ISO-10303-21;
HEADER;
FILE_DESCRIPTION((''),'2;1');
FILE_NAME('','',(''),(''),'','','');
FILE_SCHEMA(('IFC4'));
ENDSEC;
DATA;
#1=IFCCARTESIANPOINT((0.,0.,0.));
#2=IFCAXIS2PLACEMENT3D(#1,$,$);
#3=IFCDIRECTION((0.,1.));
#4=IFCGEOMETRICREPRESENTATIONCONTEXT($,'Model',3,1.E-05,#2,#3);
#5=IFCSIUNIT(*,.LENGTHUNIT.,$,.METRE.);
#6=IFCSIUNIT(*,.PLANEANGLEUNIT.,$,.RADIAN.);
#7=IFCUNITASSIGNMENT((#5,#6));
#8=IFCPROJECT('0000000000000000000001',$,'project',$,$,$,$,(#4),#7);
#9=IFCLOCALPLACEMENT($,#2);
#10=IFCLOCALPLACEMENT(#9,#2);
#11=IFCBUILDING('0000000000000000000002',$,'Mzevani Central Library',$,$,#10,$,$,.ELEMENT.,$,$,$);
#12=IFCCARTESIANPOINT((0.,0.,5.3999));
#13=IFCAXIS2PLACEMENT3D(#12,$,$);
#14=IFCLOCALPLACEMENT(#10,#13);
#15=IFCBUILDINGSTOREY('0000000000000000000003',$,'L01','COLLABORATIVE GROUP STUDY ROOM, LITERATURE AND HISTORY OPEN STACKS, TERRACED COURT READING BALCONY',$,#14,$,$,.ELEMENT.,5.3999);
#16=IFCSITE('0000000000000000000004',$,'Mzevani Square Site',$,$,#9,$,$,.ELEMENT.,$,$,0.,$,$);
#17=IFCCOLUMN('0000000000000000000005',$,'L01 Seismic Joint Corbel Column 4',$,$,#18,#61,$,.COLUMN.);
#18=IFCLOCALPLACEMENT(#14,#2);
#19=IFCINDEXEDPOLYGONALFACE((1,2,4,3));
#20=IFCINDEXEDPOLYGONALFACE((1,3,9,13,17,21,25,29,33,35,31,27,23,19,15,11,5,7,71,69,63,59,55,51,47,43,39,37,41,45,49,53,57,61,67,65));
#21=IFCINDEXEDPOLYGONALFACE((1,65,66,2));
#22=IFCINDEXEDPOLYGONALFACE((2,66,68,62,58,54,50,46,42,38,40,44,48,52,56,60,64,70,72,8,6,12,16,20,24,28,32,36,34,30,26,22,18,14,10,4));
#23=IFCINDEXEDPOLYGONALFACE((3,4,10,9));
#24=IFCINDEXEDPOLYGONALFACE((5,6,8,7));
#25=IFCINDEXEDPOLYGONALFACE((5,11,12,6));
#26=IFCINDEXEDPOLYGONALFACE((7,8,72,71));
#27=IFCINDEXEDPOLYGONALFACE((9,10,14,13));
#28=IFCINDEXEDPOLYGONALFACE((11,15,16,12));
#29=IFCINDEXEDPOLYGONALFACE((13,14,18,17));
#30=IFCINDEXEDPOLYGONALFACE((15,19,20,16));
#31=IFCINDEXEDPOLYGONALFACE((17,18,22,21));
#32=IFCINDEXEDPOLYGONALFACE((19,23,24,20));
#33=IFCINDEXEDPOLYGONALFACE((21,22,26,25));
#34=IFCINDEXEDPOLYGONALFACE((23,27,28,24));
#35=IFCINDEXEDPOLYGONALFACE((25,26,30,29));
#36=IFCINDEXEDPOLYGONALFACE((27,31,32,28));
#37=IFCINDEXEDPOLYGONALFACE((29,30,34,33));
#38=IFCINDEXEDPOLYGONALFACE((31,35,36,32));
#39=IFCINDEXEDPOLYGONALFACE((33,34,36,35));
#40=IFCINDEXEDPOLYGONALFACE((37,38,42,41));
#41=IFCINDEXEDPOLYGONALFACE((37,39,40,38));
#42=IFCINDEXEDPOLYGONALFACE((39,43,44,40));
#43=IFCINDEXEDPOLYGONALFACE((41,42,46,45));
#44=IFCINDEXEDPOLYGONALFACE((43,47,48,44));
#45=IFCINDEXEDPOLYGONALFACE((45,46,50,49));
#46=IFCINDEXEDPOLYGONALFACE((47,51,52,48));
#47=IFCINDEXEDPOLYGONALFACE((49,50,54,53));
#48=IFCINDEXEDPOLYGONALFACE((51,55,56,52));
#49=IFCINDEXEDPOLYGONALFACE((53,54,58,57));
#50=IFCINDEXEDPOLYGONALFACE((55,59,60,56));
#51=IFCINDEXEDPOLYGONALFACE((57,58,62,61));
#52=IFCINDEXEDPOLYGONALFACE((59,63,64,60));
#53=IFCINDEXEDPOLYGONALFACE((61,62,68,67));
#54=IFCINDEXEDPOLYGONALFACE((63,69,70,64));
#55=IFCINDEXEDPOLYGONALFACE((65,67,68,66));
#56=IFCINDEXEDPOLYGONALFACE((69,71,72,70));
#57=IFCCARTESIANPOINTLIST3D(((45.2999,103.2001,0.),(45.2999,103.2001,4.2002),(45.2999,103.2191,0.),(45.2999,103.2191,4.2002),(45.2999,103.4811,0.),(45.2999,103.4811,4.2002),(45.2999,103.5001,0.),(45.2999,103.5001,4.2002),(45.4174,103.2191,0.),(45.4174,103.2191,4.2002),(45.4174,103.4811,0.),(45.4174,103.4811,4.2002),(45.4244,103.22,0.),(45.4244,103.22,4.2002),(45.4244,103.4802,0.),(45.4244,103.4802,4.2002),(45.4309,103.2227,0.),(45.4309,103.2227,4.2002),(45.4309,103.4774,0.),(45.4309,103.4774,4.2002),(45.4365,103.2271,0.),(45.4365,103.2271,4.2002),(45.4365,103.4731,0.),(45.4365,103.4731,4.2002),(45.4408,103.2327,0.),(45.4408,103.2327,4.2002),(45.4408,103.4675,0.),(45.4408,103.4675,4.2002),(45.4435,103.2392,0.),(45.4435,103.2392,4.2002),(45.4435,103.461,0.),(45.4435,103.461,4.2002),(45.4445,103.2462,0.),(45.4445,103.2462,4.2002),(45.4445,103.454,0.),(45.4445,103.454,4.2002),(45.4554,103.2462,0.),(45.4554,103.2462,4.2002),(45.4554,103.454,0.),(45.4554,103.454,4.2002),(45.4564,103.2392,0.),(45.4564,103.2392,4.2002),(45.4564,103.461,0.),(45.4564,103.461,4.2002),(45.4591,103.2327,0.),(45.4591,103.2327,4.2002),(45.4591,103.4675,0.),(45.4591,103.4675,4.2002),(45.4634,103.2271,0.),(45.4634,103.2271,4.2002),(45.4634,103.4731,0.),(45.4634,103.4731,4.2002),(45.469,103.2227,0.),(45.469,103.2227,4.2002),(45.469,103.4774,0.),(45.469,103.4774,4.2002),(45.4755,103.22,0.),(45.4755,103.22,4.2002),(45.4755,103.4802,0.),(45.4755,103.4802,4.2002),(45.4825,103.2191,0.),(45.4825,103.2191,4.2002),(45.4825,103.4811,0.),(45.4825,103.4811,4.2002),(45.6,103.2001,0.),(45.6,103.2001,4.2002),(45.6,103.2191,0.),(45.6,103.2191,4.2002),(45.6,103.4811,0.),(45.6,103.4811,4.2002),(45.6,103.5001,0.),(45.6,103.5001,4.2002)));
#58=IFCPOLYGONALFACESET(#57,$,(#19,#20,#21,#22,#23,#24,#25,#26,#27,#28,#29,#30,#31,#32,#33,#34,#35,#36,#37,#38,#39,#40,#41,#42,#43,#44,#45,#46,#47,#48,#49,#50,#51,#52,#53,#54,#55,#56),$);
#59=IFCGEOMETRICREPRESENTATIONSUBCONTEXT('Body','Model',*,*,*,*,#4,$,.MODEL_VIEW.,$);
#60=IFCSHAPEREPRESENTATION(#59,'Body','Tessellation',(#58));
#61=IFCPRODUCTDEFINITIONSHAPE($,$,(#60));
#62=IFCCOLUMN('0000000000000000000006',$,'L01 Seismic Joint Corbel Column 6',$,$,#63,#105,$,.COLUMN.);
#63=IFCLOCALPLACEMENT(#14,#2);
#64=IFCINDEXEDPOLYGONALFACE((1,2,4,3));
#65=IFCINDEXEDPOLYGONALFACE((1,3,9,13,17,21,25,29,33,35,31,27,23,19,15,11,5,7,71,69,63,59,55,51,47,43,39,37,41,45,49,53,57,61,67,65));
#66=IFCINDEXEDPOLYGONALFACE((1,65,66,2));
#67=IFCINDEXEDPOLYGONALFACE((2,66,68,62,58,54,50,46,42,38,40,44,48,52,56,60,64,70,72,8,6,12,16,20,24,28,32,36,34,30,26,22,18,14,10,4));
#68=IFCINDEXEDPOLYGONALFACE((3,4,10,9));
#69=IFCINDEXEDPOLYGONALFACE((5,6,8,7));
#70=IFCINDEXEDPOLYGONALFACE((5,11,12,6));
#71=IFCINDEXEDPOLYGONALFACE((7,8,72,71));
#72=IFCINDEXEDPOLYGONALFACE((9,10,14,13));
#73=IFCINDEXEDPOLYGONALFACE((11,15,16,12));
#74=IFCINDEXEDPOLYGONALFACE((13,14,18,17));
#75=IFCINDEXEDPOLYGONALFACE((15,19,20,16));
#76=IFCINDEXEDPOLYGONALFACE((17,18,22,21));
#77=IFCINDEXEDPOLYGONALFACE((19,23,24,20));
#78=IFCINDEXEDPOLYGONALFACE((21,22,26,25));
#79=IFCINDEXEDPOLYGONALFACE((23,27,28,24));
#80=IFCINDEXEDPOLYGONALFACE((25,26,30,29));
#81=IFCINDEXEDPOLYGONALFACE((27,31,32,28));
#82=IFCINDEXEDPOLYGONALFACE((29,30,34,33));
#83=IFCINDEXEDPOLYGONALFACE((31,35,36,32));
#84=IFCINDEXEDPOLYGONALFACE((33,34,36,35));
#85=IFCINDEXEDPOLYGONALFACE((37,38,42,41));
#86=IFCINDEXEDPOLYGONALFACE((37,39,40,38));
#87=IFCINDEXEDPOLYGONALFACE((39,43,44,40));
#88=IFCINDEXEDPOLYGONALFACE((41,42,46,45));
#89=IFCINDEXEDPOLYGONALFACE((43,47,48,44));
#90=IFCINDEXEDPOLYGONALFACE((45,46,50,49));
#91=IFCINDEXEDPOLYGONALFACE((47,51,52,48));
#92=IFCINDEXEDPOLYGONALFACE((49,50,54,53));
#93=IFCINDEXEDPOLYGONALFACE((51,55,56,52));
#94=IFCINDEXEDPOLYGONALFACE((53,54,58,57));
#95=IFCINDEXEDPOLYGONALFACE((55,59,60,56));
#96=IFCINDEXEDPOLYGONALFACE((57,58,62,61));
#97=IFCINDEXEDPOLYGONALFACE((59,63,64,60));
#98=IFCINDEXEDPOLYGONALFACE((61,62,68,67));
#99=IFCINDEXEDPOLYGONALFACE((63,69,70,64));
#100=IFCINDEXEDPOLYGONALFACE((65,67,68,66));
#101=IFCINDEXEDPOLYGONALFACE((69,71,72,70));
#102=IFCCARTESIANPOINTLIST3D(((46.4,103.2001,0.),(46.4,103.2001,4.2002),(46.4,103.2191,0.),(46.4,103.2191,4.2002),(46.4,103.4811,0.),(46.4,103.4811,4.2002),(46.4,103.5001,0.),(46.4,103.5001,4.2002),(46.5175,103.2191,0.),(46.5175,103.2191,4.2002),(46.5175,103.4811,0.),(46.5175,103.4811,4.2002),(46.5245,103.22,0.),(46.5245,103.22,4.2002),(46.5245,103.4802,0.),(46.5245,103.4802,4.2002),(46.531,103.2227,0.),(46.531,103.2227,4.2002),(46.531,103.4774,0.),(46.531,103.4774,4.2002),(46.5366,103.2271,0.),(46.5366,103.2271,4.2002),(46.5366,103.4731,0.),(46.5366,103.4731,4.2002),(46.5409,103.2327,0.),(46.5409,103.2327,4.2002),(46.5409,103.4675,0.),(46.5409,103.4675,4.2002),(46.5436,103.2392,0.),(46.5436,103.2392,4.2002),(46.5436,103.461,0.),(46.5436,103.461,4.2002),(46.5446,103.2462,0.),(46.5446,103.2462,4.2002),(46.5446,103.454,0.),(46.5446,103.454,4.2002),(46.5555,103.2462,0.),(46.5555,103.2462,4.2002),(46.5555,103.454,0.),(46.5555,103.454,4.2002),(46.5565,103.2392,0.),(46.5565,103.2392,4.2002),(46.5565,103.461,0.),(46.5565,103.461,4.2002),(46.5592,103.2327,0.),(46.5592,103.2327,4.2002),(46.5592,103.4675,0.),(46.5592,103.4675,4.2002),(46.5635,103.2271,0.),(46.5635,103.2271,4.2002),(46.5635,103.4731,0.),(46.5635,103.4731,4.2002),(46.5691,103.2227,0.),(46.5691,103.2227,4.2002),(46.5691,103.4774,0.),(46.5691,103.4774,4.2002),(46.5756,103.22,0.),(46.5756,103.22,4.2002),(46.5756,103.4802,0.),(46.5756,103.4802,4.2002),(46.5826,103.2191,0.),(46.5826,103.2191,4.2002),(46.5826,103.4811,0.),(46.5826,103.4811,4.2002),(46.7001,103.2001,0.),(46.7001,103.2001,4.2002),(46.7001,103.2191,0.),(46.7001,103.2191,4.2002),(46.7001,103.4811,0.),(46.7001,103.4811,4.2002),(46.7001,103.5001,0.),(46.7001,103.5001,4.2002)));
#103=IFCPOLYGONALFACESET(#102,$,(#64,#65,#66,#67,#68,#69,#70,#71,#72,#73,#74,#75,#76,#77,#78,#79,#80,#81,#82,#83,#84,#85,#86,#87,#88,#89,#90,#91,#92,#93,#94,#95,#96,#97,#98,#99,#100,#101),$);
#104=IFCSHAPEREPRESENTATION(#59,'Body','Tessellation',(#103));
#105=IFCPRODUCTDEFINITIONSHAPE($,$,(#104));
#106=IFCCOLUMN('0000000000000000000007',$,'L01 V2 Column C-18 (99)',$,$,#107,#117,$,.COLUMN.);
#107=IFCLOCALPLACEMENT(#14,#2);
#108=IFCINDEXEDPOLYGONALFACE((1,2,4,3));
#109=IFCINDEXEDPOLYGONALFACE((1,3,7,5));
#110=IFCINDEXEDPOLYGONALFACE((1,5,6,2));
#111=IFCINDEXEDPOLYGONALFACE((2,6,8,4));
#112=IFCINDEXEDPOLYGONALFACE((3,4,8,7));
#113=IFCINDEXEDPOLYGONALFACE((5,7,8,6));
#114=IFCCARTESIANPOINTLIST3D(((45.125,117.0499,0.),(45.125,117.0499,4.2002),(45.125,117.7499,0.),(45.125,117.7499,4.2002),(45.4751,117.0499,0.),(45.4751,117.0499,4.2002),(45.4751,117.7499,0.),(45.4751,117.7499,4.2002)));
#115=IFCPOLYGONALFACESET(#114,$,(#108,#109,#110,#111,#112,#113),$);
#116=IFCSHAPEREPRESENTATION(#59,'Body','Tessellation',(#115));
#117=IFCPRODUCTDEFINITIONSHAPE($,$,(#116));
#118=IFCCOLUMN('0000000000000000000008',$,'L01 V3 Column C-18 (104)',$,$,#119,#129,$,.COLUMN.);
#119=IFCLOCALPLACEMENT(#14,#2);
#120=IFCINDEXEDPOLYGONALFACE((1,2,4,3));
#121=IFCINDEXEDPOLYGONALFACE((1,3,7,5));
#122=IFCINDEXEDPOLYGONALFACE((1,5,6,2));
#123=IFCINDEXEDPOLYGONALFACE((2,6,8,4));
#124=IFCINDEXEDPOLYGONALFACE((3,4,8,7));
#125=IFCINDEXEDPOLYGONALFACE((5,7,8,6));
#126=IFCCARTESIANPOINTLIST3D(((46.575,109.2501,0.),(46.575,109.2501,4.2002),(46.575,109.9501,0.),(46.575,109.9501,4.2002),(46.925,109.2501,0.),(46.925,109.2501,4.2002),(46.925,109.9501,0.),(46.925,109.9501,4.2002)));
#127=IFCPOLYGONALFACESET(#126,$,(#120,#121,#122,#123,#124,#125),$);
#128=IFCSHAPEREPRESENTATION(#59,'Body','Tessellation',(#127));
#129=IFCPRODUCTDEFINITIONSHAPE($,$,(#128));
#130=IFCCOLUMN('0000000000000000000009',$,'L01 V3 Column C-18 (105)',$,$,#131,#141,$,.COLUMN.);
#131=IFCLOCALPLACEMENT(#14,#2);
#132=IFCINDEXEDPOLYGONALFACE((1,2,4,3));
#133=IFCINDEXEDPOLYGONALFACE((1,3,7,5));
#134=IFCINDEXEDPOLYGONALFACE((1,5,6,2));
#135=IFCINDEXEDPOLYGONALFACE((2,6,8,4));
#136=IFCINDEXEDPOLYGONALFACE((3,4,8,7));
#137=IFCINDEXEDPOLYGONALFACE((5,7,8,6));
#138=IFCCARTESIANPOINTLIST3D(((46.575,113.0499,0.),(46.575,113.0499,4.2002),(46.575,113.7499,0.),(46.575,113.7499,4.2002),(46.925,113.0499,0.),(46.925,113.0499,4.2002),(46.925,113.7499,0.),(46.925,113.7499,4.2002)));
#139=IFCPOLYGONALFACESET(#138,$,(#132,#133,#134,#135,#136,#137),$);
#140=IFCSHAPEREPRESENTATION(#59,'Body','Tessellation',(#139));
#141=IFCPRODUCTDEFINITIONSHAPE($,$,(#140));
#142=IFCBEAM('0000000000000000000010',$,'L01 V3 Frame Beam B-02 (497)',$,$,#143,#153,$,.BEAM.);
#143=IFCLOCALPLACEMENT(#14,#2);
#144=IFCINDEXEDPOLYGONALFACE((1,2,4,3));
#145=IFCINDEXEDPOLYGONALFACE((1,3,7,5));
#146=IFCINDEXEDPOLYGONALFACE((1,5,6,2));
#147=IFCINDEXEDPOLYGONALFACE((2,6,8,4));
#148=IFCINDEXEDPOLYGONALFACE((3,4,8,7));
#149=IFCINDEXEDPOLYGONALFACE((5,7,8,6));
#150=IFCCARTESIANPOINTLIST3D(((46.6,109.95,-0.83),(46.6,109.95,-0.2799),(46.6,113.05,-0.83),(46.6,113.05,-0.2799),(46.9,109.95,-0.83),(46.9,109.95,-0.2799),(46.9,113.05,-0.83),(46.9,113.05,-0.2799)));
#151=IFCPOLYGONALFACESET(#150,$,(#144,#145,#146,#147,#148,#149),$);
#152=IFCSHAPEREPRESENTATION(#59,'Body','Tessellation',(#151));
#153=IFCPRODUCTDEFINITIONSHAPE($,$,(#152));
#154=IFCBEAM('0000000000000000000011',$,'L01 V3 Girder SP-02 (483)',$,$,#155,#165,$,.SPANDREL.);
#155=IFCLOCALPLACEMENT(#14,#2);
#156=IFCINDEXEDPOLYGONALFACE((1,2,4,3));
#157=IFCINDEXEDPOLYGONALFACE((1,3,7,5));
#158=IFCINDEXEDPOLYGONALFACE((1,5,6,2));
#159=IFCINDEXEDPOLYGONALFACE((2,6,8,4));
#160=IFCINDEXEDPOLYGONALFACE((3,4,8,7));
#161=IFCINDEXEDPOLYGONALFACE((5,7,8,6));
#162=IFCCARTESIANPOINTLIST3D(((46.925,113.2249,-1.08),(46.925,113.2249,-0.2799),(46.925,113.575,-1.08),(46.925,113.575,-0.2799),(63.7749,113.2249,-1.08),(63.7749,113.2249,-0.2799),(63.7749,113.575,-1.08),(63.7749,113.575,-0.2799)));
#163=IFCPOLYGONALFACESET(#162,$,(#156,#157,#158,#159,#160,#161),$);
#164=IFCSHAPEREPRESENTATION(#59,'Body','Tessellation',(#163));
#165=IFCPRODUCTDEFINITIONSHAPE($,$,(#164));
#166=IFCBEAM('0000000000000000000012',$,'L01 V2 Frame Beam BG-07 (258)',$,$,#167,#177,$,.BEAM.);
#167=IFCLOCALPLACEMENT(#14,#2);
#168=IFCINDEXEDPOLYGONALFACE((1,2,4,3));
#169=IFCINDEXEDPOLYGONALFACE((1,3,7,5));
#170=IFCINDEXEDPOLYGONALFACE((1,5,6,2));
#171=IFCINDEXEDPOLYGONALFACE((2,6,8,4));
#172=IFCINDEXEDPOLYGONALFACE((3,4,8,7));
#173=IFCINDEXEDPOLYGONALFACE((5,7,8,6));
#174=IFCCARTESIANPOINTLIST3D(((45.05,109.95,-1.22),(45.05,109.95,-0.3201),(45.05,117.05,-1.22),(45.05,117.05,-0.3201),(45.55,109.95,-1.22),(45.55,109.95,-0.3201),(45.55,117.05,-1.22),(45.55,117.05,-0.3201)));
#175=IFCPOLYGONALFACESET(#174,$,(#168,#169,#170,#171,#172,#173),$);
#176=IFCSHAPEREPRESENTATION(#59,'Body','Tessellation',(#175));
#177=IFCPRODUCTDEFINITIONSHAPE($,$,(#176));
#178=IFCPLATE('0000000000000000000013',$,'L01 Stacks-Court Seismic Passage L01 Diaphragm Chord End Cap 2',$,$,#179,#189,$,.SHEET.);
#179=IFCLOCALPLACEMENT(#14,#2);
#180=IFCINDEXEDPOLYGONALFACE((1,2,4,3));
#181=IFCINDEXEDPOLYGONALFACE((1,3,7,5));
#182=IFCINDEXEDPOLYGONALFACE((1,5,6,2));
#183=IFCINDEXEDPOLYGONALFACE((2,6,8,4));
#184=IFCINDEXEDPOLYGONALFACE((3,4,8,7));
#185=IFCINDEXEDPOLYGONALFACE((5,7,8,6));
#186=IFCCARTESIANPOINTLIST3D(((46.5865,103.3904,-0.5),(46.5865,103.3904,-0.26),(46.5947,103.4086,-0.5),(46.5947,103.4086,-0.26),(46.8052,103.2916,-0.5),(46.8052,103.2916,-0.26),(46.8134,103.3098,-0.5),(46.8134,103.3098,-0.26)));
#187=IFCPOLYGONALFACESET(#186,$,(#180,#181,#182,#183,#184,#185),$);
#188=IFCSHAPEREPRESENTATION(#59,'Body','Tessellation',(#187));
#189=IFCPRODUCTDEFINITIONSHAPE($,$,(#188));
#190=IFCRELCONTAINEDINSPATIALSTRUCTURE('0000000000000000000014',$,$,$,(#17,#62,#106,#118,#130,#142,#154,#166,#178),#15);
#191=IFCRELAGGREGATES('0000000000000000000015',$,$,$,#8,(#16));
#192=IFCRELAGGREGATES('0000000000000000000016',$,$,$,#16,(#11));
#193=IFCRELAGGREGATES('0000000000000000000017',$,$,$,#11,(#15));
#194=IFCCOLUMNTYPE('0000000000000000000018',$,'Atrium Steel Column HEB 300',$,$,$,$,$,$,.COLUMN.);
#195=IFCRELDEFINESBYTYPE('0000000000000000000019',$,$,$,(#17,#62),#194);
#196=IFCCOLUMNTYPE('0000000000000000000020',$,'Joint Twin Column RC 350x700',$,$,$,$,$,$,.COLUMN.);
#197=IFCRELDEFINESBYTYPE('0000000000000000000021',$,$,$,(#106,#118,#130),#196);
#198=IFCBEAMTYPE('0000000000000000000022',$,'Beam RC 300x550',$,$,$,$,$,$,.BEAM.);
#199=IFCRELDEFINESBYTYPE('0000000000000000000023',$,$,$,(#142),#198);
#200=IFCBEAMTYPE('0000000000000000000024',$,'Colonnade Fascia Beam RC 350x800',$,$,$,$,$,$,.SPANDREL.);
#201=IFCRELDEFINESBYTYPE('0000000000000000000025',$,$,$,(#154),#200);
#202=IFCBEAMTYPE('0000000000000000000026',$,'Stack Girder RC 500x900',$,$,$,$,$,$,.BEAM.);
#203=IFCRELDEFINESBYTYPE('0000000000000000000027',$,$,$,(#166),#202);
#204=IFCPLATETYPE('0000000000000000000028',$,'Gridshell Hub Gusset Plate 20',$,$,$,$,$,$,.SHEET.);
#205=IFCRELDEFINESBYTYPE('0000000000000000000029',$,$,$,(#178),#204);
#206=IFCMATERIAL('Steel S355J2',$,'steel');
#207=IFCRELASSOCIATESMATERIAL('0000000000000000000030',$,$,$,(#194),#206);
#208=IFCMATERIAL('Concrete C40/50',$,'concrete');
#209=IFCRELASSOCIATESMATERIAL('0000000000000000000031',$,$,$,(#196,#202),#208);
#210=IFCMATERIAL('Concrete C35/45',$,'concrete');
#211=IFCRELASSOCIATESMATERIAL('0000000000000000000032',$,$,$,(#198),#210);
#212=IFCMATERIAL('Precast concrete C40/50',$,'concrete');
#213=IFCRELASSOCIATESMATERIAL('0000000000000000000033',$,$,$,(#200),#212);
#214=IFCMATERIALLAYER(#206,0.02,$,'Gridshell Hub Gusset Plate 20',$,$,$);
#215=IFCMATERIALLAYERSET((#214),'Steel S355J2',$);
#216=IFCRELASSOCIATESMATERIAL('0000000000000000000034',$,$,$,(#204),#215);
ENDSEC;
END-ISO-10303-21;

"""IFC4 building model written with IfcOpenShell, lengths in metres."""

from ifc_helpers import new_model, si_unit, direction, frame, origin, origin_2d, place, context, subcontext, project, spatial, rectangle, i_section, extrude, material, layer, layer_set, material_profile, profile_set, type_object, element, save


model = new_model("IFC4")

# Units and contexts
model_context = context("Model", 3, precision=1e-05, world=origin(), true_north=direction((0.0, 1.0)))
body_context = subcontext(model_context, "Body", "Model", "MODEL_VIEW")
ifc_project = project(units=[si_unit("LENGTHUNIT", "METRE"), si_unit("PLANEANGLEUNIT", "RADIAN")], contexts=[model_context])

# Site, building, storey
site_placement = place(None, origin())
site = spatial("IfcSite", under=ifc_project, at=site_placement, Name="Mzevani Square Site", CompositionType="ELEMENT", RefElevation=0.0)
building_placement = place(site_placement, origin())
building = spatial("IfcBuilding", under=site, at=building_placement, Name="Mzevani Central Library", CompositionType="ELEMENT")
storey_placement = place(building_placement, frame((0.0, 0.0, 5.3999)))
storey = spatial("IfcBuildingStorey", under=building, at=storey_placement, Name="L01", Description="COLLABORATIVE GROUP STUDY ROOM, LITERATURE AND HISTORY OPEN STACKS, TERRACED COURT READING BALCONY", CompositionType="ELEMENT", Elevation=5.3999)

# Columns
ifc_material_1 = material(Name="Steel S355J2", Category="steel")
ifc_material_profile_1 = material_profile(ifc_material_1, i_section(OverallWidth=0.3, OverallDepth=0.3, WebThickness=0.011, FlangeThickness=0.019, FilletRadius=0.0271, at=origin_2d()), Name="HEB 300")
ifc_profile_set_1 = profile_set([ifc_material_profile_1], Name="Steel S355J2")
column_type_1 = type_object("IfcColumnType", Name="Atrium Steel Column HEB 300", PredefinedType="COLUMN", material=ifc_profile_set_1)
for number, where, z_axis, x_axis, name in (
    (1, (45.45, 103.3501, 0.0), (0.0, 0.0, 1.0), (1.0, 0.0, 0.0), "L01 Seismic Joint Corbel Column 4"),
    (2, (46.55, 103.3501, 0.0), (0.0, 0.0, 1.0), (1.0, 0.0, 0.0), "L01 Seismic Joint Corbel Column 6"),
):
    element("IfcColumn", number, at=place(storey_placement, frame(where, z_axis=z_axis, x_axis=x_axis)), inside=storey, type_object=column_type_1, Name=name, PredefinedType="COLUMN", context=body_context, shape_type="SweptSolid", body=[
        extrude(i_section(OverallWidth=0.3, OverallDepth=0.3, WebThickness=0.011, FlangeThickness=0.019, FilletRadius=0.0271, at=origin_2d()), origin(), (0.0, 0.0, 1.0), 4.2002),
    ])
ifc_material_2 = material(Name="Concrete C40/50", Category="concrete")
ifc_material_profile_2 = material_profile(ifc_material_2, rectangle(XDim=0.3501, YDim=0.7, at=origin_2d()), Name="RC 350x700")
ifc_profile_set_2 = profile_set([ifc_material_profile_2], Name="Concrete C40/50")
column_type_2 = type_object("IfcColumnType", Name="Joint Twin Column RC 350x700", PredefinedType="COLUMN", material=ifc_profile_set_2)
for number, where, z_axis, x_axis, name in (
    (3, (45.3, 117.3999, 0.0), (0.0, 0.0, 1.0), (1.0, 0.0, 0.0), "L01 V2 Column C-18 (99)"),
    (4, (46.75, 109.6001, 0.0), (0.0, 0.0, 1.0), (1.0, 0.0, 0.0), "L01 V3 Column C-18 (104)"),
    (5, (46.75, 113.3999, 0.0), (0.0, 0.0, 1.0), (1.0, 0.0, 0.0), "L01 V3 Column C-18 (105)"),
):
    element("IfcColumn", number, at=place(storey_placement, frame(where, z_axis=z_axis, x_axis=x_axis)), inside=storey, type_object=column_type_2, Name=name, PredefinedType="COLUMN", context=body_context, shape_type="SweptSolid", body=[
        extrude(rectangle(XDim=0.3501, YDim=0.7, at=origin_2d()), origin(), (0.0, 0.0, 1.0), 4.2002),
    ])

# Beams
ifc_material_3 = material(Name="Concrete C35/45", Category="concrete")
ifc_material_profile_3 = material_profile(ifc_material_3, rectangle(XDim=0.3, YDim=0.55, at=origin_2d()), Name="RC B300x550")
ifc_profile_set_3 = profile_set([ifc_material_profile_3], Name="Concrete C35/45")
beam_type_1 = type_object("IfcBeamType", Name="Beam RC 300x550", PredefinedType="BEAM", material=ifc_profile_set_3)
beam_1_placement = place(storey_placement, frame((46.75, 109.95, -0.5549), z_axis=(0.0, 1.0, 0.0), x_axis=(-1.0, 0.0, 0.0)))
element("IfcBeam", 6, at=beam_1_placement, inside=storey, type_object=beam_type_1, Name="L01 V3 Frame Beam B-02 (497)", PredefinedType="BEAM", context=body_context, shape_type="SweptSolid", body=[
    extrude(rectangle(XDim=0.3, YDim=0.55, at=origin_2d()), origin(), (0.0, 0.0, 1.0), 3.1001),
])
ifc_material_4 = material(Name="Precast concrete C40/50", Category="concrete")
ifc_material_profile_4 = material_profile(ifc_material_4, rectangle(XDim=0.3501, YDim=0.8, at=origin_2d()), Name="RC SP350x800")
ifc_profile_set_4 = profile_set([ifc_material_profile_4], Name="Precast concrete C40/50")
beam_type_2 = type_object("IfcBeamType", Name="Colonnade Fascia Beam RC 350x800", PredefinedType="SPANDREL", material=ifc_profile_set_4)
beam_2_placement = place(storey_placement, frame((46.925, 113.3999, -0.6799), z_axis=(1.0, 0.0, 0.0), x_axis=(0.0, 1.0, 0.0)))
element("IfcBeam", 7, at=beam_2_placement, inside=storey, type_object=beam_type_2, Name="L01 V3 Girder SP-02 (483)", PredefinedType="SPANDREL", context=body_context, shape_type="SweptSolid", body=[
    extrude(rectangle(XDim=0.3501, YDim=0.8, at=origin_2d()), origin(), (0.0, 0.0, 1.0), 16.8499),
])
ifc_material_profile_5 = material_profile(ifc_material_2, rectangle(XDim=0.5, YDim=0.8999, at=origin_2d()), Name="RC B500x900")
ifc_profile_set_5 = profile_set([ifc_material_profile_5], Name="Concrete C40/50")
beam_type_3 = type_object("IfcBeamType", Name="Stack Girder RC 500x900", PredefinedType="BEAM", material=ifc_profile_set_5)
beam_3_placement = place(storey_placement, frame((45.3, 109.95, -0.77), z_axis=(0.0, 1.0, 0.0), x_axis=(-1.0, 0.0, 0.0)))
element("IfcBeam", 8, at=beam_3_placement, inside=storey, type_object=beam_type_3, Name="L01 V2 Frame Beam BG-07 (258)", PredefinedType="BEAM", context=body_context, shape_type="SweptSolid", body=[
    extrude(rectangle(XDim=0.5, YDim=0.8999, at=origin_2d()), origin(), (0.0, 0.0, 1.0), 7.1001),
])

# Plate
ifc_layer_1 = layer(ifc_material_1, 0.02, Name="Gridshell Hub Gusset Plate 20")
ifc_layer_set_1 = layer_set([ifc_layer_1], Name="Steel S355J2")
plate_type_1 = type_object("IfcPlateType", Name="Gridshell Hub Gusset Plate 20", PredefinedType="SHEET", material=ifc_layer_set_1)
plate_1_placement = place(storey_placement, frame((46.7, 103.3501, -0.5), z_axis=(0.0, 0.0, 1.0), x_axis=(0.411586, 0.911371, 0.0)))
element("IfcPlate", 9, at=plate_1_placement, inside=storey, type_object=plate_type_1, Name="L01 Stacks-Court Seismic Passage L01 Diaphragm Chord End Cap 2", PredefinedType="SHEET", context=body_context, shape_type="SweptSolid", body=[
    extrude(rectangle(XDim=0.02, YDim=0.24, at=origin_2d()), origin(), (0.0, 0.0, 1.0), 0.24),
])

save(model, "model.ifc")
